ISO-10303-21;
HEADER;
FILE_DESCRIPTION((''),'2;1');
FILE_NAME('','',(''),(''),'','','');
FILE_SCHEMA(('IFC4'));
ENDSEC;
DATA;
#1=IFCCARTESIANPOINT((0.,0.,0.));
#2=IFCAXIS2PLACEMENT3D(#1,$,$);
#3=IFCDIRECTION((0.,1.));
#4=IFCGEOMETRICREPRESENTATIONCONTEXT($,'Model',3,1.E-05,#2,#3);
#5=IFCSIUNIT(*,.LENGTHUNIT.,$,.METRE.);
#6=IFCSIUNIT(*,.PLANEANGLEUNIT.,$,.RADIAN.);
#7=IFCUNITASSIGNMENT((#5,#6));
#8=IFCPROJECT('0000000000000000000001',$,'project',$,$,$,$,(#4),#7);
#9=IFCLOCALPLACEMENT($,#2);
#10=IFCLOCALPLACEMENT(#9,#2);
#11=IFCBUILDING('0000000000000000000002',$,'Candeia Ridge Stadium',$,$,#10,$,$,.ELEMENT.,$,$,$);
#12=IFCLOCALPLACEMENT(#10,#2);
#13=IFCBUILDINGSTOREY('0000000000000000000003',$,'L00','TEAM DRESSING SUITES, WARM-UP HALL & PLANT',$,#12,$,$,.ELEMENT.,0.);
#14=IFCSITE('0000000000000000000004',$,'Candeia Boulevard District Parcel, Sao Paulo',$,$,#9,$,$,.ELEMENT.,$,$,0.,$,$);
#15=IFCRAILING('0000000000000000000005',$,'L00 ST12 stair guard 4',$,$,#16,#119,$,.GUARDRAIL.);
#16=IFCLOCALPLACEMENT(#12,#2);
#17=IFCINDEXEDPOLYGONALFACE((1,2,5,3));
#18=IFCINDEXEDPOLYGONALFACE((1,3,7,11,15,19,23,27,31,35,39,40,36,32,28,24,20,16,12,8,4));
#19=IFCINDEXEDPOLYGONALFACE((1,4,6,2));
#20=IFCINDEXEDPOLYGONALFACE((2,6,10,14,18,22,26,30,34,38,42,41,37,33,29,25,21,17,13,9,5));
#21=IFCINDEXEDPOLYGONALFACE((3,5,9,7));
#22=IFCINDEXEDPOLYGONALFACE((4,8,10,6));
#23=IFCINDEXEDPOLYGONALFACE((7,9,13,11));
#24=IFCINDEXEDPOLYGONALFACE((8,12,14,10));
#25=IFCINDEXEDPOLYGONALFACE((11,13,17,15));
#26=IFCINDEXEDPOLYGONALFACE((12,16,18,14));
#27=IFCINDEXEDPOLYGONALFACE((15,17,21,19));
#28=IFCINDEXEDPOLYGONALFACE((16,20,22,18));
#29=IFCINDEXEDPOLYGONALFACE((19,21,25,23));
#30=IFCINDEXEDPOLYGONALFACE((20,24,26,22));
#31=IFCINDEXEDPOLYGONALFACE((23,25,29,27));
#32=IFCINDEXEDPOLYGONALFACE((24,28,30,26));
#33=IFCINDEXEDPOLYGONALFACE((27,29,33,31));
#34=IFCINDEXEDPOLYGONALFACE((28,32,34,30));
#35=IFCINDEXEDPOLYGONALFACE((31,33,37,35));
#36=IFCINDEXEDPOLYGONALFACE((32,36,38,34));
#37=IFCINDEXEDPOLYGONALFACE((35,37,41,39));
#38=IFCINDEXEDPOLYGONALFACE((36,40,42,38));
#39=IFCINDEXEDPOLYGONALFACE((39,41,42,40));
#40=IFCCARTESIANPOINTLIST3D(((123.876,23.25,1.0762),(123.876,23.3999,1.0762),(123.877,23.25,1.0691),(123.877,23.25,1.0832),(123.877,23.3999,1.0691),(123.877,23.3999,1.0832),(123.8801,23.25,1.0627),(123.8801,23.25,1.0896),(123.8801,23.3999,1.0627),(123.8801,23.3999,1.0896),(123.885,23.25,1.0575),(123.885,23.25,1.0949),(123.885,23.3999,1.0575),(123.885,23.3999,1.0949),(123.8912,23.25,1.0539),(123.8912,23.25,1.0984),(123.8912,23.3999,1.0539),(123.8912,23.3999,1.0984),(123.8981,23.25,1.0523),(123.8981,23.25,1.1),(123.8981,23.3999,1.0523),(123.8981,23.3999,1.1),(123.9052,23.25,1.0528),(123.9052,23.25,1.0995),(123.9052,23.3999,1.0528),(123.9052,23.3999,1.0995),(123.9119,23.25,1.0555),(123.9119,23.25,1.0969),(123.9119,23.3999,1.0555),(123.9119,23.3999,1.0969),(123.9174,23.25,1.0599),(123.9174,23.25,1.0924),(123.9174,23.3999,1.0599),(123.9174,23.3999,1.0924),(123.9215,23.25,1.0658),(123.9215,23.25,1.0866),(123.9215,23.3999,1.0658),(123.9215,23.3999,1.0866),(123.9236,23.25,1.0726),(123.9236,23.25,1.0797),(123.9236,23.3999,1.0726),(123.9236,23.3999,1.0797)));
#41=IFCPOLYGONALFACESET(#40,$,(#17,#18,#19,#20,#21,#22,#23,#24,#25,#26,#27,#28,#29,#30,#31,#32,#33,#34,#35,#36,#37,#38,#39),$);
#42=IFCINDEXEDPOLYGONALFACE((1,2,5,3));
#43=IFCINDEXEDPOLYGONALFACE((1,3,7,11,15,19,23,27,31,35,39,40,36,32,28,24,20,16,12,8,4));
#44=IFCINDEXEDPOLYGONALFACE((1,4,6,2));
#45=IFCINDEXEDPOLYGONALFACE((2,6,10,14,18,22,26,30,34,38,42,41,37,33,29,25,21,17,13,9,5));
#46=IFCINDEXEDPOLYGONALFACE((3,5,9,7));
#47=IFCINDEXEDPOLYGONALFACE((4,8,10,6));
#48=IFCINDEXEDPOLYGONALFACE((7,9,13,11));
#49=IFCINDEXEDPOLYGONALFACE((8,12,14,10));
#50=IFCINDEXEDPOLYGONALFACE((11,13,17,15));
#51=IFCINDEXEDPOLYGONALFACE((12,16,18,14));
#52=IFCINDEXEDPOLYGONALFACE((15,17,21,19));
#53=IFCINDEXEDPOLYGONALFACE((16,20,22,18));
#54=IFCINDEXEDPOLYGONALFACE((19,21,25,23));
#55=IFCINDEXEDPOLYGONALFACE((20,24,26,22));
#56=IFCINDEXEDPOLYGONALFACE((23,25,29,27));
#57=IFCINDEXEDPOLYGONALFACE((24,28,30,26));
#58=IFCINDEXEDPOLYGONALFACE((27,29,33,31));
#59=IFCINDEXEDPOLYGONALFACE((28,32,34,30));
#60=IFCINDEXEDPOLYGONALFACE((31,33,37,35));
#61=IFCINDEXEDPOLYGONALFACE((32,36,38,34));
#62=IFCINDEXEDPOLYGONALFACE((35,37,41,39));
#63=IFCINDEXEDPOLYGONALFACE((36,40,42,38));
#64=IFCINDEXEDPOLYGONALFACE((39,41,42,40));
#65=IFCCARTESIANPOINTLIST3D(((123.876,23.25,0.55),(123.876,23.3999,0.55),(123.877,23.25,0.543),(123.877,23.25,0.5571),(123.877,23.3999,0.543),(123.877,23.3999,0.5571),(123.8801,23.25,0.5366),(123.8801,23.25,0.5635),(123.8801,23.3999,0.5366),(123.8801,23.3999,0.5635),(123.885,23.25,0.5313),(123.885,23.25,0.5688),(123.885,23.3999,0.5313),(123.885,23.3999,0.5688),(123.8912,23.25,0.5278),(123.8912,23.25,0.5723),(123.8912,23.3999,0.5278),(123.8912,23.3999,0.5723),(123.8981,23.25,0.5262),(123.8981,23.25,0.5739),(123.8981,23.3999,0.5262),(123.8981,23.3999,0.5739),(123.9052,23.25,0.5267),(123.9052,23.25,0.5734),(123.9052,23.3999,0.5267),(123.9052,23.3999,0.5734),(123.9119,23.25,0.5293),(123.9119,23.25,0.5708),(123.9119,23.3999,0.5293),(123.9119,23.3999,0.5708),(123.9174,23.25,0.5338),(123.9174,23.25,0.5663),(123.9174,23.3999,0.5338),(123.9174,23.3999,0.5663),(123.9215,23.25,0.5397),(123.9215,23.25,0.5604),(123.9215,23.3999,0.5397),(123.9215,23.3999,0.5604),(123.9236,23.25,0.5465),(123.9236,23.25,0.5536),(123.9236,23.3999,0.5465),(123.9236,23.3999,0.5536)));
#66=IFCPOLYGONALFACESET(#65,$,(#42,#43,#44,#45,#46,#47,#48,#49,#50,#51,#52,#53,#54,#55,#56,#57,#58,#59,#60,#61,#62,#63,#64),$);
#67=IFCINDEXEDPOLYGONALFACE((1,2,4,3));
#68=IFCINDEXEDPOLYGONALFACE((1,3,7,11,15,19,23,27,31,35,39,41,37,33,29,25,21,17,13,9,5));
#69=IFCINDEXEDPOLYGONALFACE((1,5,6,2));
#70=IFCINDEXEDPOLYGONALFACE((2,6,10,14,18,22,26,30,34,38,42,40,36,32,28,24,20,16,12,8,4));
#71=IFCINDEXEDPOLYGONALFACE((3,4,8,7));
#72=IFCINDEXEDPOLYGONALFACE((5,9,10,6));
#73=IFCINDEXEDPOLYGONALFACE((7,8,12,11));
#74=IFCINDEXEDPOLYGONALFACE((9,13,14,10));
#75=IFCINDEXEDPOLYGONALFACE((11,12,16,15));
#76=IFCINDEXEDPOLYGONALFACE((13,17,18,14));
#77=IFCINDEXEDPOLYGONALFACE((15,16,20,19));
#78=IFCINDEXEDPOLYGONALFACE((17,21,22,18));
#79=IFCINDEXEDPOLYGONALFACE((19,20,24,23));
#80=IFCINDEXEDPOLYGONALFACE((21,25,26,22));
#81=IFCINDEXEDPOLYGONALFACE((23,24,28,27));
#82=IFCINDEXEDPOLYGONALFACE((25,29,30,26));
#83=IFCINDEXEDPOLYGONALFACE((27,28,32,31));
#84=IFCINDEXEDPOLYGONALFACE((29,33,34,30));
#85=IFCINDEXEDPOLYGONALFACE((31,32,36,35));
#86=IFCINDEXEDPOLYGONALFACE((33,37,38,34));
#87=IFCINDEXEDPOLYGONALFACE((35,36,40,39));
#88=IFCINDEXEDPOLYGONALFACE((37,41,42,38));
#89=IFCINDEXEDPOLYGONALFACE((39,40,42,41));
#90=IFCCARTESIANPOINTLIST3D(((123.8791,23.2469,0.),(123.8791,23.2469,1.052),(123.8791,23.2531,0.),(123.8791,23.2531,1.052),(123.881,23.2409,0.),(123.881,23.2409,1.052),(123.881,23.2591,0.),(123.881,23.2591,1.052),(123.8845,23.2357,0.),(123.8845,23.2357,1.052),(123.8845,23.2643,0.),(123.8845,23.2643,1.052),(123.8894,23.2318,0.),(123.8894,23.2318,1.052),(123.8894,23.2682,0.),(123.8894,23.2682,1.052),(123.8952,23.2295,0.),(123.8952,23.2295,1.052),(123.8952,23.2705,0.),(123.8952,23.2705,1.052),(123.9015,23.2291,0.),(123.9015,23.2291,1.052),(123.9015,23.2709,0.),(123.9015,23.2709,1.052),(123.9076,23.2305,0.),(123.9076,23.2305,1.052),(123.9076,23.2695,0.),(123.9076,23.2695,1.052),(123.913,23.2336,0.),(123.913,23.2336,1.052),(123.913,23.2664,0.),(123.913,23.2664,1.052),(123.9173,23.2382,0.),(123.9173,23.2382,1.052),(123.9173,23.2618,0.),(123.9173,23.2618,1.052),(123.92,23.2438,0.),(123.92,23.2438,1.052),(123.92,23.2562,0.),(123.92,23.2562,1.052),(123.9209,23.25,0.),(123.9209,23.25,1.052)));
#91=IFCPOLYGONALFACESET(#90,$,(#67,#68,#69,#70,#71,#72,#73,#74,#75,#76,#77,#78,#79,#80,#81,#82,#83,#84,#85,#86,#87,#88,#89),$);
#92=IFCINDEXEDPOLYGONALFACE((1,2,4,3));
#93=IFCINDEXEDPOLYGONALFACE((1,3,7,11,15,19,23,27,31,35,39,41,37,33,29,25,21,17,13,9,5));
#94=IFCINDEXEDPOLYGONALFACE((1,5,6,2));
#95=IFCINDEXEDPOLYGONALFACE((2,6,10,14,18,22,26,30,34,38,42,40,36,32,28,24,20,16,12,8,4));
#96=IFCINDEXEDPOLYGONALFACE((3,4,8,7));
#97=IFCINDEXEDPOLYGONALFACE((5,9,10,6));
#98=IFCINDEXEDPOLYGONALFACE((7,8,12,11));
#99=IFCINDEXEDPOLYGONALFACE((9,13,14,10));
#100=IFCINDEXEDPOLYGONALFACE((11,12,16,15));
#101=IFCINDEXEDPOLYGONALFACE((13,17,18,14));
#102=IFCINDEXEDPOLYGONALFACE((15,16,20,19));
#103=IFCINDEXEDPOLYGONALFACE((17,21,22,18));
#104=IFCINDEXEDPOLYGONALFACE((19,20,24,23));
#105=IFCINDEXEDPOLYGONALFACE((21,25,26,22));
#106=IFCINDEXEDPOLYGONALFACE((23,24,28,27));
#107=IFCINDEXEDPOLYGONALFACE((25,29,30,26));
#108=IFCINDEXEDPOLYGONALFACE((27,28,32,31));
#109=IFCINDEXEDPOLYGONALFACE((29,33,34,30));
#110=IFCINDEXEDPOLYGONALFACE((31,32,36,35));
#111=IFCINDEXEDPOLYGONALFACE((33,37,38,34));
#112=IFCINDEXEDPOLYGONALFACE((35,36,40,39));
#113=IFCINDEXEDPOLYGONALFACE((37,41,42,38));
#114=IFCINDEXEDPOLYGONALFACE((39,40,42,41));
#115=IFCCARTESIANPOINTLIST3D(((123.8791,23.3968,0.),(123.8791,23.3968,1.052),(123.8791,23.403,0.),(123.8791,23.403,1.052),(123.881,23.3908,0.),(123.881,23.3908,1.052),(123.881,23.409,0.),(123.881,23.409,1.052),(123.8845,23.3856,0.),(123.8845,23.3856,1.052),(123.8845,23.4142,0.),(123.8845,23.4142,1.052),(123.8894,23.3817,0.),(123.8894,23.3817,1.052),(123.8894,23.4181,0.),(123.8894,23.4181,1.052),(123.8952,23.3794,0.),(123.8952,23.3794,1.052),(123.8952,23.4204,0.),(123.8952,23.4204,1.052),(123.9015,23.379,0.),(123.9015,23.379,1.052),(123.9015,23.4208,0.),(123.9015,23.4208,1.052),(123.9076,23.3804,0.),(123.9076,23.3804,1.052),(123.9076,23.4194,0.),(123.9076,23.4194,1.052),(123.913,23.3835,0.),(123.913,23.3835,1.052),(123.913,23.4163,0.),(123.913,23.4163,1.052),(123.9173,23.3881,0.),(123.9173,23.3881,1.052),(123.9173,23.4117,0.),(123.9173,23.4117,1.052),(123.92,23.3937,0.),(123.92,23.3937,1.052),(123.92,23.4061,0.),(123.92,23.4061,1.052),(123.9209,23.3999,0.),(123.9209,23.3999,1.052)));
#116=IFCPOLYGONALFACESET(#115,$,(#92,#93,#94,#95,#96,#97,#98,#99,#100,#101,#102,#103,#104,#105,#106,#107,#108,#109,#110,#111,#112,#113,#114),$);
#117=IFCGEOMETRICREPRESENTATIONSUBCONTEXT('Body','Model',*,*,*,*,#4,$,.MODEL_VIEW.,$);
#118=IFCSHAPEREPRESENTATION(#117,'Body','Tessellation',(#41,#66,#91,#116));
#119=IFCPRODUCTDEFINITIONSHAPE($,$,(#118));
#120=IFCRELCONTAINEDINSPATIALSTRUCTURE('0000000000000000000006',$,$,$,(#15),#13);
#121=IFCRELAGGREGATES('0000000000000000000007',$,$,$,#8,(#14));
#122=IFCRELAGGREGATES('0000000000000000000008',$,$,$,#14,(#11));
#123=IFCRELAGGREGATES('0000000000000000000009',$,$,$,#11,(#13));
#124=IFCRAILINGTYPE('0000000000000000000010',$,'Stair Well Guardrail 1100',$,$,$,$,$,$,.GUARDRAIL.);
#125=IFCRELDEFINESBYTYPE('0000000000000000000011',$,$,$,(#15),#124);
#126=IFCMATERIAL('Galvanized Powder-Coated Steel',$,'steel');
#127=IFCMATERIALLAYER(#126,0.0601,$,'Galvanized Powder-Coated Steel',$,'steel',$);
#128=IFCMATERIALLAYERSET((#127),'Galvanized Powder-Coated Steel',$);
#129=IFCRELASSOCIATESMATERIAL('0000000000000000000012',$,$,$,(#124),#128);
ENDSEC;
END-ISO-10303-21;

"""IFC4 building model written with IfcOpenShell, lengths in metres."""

from ifc_helpers import new_model, si_unit, direction, frame, origin, origin_2d, place, context, subcontext, project, spatial, circle, extrude, material, layer, layer_set, type_object, element, save


model = new_model("IFC4")

# Units and contexts
model_context = context("Model", 3, precision=1e-05, world=origin(), true_north=direction((0.0, 1.0)))
body_context = subcontext(model_context, "Body", "Model", "MODEL_VIEW")
ifc_project = project(units=[si_unit("LENGTHUNIT", "METRE"), si_unit("PLANEANGLEUNIT", "RADIAN")], contexts=[model_context])

# Site, building, storey
site_placement = place(None, origin())
site = spatial("IfcSite", under=ifc_project, at=site_placement, Name="Candeia Boulevard District Parcel, Sao Paulo", CompositionType="ELEMENT", RefElevation=0.0)
building_placement = place(site_placement, origin())
building = spatial("IfcBuilding", under=site, at=building_placement, Name="Candeia Ridge Stadium", CompositionType="ELEMENT")
storey_placement = place(building_placement, origin())
storey = spatial("IfcBuildingStorey", under=building, at=storey_placement, Name="L00", Description="TEAM DRESSING SUITES, WARM-UP HALL & PLANT", CompositionType="ELEMENT", Elevation=0.0)

# Railing
ifc_material_1 = material(Name="Galvanized Powder-Coated Steel", Category="steel")
ifc_layer_1 = layer(ifc_material_1, 0.0601, Name="Galvanized Powder-Coated Steel", Category="steel")
ifc_layer_set_1 = layer_set([ifc_layer_1], Name="Galvanized Powder-Coated Steel")
railing_type_1 = type_object("IfcRailingType", Name="Stair Well Guardrail 1100", PredefinedType="GUARDRAIL", material=ifc_layer_set_1)
for number, where, name in (
    (1, (123.8999, 23.25, 0.0), "L00 ST12 stair guard 4"),
):
    element("IfcRailing", number, at=place(storey_placement, frame(where)), inside=storey, type_object=railing_type_1, Name=name, PredefinedType="GUARDRAIL", context=body_context, shape_type="SweptSolid", body=[
        extrude(circle(Radius=0.0239, at=origin_2d()), frame((0.0, 0.0, 1.0762), z_axis=(0.0, 1.0, 0.0), x_axis=(-1.0, 0.0, 0.0)), (0.0, 0.0, 1.0), 0.1499),
        extrude(circle(Radius=0.0239, at=origin_2d()), frame((0.0, 0.0, 0.55), z_axis=(0.0, 1.0, 0.0), x_axis=(-1.0, 0.0, 0.0)), (0.0, 0.0, 1.0), 0.1499),
        extrude(circle(Radius=0.021, at=origin_2d()), origin(), (0.0, 0.0, 1.0), 1.052),
        extrude(circle(Radius=0.021, at=origin_2d()), frame((0.0, 0.1499, 0.0)), (0.0, 0.0, 1.0), 1.052),
    ])

save(model, "model.ifc")
